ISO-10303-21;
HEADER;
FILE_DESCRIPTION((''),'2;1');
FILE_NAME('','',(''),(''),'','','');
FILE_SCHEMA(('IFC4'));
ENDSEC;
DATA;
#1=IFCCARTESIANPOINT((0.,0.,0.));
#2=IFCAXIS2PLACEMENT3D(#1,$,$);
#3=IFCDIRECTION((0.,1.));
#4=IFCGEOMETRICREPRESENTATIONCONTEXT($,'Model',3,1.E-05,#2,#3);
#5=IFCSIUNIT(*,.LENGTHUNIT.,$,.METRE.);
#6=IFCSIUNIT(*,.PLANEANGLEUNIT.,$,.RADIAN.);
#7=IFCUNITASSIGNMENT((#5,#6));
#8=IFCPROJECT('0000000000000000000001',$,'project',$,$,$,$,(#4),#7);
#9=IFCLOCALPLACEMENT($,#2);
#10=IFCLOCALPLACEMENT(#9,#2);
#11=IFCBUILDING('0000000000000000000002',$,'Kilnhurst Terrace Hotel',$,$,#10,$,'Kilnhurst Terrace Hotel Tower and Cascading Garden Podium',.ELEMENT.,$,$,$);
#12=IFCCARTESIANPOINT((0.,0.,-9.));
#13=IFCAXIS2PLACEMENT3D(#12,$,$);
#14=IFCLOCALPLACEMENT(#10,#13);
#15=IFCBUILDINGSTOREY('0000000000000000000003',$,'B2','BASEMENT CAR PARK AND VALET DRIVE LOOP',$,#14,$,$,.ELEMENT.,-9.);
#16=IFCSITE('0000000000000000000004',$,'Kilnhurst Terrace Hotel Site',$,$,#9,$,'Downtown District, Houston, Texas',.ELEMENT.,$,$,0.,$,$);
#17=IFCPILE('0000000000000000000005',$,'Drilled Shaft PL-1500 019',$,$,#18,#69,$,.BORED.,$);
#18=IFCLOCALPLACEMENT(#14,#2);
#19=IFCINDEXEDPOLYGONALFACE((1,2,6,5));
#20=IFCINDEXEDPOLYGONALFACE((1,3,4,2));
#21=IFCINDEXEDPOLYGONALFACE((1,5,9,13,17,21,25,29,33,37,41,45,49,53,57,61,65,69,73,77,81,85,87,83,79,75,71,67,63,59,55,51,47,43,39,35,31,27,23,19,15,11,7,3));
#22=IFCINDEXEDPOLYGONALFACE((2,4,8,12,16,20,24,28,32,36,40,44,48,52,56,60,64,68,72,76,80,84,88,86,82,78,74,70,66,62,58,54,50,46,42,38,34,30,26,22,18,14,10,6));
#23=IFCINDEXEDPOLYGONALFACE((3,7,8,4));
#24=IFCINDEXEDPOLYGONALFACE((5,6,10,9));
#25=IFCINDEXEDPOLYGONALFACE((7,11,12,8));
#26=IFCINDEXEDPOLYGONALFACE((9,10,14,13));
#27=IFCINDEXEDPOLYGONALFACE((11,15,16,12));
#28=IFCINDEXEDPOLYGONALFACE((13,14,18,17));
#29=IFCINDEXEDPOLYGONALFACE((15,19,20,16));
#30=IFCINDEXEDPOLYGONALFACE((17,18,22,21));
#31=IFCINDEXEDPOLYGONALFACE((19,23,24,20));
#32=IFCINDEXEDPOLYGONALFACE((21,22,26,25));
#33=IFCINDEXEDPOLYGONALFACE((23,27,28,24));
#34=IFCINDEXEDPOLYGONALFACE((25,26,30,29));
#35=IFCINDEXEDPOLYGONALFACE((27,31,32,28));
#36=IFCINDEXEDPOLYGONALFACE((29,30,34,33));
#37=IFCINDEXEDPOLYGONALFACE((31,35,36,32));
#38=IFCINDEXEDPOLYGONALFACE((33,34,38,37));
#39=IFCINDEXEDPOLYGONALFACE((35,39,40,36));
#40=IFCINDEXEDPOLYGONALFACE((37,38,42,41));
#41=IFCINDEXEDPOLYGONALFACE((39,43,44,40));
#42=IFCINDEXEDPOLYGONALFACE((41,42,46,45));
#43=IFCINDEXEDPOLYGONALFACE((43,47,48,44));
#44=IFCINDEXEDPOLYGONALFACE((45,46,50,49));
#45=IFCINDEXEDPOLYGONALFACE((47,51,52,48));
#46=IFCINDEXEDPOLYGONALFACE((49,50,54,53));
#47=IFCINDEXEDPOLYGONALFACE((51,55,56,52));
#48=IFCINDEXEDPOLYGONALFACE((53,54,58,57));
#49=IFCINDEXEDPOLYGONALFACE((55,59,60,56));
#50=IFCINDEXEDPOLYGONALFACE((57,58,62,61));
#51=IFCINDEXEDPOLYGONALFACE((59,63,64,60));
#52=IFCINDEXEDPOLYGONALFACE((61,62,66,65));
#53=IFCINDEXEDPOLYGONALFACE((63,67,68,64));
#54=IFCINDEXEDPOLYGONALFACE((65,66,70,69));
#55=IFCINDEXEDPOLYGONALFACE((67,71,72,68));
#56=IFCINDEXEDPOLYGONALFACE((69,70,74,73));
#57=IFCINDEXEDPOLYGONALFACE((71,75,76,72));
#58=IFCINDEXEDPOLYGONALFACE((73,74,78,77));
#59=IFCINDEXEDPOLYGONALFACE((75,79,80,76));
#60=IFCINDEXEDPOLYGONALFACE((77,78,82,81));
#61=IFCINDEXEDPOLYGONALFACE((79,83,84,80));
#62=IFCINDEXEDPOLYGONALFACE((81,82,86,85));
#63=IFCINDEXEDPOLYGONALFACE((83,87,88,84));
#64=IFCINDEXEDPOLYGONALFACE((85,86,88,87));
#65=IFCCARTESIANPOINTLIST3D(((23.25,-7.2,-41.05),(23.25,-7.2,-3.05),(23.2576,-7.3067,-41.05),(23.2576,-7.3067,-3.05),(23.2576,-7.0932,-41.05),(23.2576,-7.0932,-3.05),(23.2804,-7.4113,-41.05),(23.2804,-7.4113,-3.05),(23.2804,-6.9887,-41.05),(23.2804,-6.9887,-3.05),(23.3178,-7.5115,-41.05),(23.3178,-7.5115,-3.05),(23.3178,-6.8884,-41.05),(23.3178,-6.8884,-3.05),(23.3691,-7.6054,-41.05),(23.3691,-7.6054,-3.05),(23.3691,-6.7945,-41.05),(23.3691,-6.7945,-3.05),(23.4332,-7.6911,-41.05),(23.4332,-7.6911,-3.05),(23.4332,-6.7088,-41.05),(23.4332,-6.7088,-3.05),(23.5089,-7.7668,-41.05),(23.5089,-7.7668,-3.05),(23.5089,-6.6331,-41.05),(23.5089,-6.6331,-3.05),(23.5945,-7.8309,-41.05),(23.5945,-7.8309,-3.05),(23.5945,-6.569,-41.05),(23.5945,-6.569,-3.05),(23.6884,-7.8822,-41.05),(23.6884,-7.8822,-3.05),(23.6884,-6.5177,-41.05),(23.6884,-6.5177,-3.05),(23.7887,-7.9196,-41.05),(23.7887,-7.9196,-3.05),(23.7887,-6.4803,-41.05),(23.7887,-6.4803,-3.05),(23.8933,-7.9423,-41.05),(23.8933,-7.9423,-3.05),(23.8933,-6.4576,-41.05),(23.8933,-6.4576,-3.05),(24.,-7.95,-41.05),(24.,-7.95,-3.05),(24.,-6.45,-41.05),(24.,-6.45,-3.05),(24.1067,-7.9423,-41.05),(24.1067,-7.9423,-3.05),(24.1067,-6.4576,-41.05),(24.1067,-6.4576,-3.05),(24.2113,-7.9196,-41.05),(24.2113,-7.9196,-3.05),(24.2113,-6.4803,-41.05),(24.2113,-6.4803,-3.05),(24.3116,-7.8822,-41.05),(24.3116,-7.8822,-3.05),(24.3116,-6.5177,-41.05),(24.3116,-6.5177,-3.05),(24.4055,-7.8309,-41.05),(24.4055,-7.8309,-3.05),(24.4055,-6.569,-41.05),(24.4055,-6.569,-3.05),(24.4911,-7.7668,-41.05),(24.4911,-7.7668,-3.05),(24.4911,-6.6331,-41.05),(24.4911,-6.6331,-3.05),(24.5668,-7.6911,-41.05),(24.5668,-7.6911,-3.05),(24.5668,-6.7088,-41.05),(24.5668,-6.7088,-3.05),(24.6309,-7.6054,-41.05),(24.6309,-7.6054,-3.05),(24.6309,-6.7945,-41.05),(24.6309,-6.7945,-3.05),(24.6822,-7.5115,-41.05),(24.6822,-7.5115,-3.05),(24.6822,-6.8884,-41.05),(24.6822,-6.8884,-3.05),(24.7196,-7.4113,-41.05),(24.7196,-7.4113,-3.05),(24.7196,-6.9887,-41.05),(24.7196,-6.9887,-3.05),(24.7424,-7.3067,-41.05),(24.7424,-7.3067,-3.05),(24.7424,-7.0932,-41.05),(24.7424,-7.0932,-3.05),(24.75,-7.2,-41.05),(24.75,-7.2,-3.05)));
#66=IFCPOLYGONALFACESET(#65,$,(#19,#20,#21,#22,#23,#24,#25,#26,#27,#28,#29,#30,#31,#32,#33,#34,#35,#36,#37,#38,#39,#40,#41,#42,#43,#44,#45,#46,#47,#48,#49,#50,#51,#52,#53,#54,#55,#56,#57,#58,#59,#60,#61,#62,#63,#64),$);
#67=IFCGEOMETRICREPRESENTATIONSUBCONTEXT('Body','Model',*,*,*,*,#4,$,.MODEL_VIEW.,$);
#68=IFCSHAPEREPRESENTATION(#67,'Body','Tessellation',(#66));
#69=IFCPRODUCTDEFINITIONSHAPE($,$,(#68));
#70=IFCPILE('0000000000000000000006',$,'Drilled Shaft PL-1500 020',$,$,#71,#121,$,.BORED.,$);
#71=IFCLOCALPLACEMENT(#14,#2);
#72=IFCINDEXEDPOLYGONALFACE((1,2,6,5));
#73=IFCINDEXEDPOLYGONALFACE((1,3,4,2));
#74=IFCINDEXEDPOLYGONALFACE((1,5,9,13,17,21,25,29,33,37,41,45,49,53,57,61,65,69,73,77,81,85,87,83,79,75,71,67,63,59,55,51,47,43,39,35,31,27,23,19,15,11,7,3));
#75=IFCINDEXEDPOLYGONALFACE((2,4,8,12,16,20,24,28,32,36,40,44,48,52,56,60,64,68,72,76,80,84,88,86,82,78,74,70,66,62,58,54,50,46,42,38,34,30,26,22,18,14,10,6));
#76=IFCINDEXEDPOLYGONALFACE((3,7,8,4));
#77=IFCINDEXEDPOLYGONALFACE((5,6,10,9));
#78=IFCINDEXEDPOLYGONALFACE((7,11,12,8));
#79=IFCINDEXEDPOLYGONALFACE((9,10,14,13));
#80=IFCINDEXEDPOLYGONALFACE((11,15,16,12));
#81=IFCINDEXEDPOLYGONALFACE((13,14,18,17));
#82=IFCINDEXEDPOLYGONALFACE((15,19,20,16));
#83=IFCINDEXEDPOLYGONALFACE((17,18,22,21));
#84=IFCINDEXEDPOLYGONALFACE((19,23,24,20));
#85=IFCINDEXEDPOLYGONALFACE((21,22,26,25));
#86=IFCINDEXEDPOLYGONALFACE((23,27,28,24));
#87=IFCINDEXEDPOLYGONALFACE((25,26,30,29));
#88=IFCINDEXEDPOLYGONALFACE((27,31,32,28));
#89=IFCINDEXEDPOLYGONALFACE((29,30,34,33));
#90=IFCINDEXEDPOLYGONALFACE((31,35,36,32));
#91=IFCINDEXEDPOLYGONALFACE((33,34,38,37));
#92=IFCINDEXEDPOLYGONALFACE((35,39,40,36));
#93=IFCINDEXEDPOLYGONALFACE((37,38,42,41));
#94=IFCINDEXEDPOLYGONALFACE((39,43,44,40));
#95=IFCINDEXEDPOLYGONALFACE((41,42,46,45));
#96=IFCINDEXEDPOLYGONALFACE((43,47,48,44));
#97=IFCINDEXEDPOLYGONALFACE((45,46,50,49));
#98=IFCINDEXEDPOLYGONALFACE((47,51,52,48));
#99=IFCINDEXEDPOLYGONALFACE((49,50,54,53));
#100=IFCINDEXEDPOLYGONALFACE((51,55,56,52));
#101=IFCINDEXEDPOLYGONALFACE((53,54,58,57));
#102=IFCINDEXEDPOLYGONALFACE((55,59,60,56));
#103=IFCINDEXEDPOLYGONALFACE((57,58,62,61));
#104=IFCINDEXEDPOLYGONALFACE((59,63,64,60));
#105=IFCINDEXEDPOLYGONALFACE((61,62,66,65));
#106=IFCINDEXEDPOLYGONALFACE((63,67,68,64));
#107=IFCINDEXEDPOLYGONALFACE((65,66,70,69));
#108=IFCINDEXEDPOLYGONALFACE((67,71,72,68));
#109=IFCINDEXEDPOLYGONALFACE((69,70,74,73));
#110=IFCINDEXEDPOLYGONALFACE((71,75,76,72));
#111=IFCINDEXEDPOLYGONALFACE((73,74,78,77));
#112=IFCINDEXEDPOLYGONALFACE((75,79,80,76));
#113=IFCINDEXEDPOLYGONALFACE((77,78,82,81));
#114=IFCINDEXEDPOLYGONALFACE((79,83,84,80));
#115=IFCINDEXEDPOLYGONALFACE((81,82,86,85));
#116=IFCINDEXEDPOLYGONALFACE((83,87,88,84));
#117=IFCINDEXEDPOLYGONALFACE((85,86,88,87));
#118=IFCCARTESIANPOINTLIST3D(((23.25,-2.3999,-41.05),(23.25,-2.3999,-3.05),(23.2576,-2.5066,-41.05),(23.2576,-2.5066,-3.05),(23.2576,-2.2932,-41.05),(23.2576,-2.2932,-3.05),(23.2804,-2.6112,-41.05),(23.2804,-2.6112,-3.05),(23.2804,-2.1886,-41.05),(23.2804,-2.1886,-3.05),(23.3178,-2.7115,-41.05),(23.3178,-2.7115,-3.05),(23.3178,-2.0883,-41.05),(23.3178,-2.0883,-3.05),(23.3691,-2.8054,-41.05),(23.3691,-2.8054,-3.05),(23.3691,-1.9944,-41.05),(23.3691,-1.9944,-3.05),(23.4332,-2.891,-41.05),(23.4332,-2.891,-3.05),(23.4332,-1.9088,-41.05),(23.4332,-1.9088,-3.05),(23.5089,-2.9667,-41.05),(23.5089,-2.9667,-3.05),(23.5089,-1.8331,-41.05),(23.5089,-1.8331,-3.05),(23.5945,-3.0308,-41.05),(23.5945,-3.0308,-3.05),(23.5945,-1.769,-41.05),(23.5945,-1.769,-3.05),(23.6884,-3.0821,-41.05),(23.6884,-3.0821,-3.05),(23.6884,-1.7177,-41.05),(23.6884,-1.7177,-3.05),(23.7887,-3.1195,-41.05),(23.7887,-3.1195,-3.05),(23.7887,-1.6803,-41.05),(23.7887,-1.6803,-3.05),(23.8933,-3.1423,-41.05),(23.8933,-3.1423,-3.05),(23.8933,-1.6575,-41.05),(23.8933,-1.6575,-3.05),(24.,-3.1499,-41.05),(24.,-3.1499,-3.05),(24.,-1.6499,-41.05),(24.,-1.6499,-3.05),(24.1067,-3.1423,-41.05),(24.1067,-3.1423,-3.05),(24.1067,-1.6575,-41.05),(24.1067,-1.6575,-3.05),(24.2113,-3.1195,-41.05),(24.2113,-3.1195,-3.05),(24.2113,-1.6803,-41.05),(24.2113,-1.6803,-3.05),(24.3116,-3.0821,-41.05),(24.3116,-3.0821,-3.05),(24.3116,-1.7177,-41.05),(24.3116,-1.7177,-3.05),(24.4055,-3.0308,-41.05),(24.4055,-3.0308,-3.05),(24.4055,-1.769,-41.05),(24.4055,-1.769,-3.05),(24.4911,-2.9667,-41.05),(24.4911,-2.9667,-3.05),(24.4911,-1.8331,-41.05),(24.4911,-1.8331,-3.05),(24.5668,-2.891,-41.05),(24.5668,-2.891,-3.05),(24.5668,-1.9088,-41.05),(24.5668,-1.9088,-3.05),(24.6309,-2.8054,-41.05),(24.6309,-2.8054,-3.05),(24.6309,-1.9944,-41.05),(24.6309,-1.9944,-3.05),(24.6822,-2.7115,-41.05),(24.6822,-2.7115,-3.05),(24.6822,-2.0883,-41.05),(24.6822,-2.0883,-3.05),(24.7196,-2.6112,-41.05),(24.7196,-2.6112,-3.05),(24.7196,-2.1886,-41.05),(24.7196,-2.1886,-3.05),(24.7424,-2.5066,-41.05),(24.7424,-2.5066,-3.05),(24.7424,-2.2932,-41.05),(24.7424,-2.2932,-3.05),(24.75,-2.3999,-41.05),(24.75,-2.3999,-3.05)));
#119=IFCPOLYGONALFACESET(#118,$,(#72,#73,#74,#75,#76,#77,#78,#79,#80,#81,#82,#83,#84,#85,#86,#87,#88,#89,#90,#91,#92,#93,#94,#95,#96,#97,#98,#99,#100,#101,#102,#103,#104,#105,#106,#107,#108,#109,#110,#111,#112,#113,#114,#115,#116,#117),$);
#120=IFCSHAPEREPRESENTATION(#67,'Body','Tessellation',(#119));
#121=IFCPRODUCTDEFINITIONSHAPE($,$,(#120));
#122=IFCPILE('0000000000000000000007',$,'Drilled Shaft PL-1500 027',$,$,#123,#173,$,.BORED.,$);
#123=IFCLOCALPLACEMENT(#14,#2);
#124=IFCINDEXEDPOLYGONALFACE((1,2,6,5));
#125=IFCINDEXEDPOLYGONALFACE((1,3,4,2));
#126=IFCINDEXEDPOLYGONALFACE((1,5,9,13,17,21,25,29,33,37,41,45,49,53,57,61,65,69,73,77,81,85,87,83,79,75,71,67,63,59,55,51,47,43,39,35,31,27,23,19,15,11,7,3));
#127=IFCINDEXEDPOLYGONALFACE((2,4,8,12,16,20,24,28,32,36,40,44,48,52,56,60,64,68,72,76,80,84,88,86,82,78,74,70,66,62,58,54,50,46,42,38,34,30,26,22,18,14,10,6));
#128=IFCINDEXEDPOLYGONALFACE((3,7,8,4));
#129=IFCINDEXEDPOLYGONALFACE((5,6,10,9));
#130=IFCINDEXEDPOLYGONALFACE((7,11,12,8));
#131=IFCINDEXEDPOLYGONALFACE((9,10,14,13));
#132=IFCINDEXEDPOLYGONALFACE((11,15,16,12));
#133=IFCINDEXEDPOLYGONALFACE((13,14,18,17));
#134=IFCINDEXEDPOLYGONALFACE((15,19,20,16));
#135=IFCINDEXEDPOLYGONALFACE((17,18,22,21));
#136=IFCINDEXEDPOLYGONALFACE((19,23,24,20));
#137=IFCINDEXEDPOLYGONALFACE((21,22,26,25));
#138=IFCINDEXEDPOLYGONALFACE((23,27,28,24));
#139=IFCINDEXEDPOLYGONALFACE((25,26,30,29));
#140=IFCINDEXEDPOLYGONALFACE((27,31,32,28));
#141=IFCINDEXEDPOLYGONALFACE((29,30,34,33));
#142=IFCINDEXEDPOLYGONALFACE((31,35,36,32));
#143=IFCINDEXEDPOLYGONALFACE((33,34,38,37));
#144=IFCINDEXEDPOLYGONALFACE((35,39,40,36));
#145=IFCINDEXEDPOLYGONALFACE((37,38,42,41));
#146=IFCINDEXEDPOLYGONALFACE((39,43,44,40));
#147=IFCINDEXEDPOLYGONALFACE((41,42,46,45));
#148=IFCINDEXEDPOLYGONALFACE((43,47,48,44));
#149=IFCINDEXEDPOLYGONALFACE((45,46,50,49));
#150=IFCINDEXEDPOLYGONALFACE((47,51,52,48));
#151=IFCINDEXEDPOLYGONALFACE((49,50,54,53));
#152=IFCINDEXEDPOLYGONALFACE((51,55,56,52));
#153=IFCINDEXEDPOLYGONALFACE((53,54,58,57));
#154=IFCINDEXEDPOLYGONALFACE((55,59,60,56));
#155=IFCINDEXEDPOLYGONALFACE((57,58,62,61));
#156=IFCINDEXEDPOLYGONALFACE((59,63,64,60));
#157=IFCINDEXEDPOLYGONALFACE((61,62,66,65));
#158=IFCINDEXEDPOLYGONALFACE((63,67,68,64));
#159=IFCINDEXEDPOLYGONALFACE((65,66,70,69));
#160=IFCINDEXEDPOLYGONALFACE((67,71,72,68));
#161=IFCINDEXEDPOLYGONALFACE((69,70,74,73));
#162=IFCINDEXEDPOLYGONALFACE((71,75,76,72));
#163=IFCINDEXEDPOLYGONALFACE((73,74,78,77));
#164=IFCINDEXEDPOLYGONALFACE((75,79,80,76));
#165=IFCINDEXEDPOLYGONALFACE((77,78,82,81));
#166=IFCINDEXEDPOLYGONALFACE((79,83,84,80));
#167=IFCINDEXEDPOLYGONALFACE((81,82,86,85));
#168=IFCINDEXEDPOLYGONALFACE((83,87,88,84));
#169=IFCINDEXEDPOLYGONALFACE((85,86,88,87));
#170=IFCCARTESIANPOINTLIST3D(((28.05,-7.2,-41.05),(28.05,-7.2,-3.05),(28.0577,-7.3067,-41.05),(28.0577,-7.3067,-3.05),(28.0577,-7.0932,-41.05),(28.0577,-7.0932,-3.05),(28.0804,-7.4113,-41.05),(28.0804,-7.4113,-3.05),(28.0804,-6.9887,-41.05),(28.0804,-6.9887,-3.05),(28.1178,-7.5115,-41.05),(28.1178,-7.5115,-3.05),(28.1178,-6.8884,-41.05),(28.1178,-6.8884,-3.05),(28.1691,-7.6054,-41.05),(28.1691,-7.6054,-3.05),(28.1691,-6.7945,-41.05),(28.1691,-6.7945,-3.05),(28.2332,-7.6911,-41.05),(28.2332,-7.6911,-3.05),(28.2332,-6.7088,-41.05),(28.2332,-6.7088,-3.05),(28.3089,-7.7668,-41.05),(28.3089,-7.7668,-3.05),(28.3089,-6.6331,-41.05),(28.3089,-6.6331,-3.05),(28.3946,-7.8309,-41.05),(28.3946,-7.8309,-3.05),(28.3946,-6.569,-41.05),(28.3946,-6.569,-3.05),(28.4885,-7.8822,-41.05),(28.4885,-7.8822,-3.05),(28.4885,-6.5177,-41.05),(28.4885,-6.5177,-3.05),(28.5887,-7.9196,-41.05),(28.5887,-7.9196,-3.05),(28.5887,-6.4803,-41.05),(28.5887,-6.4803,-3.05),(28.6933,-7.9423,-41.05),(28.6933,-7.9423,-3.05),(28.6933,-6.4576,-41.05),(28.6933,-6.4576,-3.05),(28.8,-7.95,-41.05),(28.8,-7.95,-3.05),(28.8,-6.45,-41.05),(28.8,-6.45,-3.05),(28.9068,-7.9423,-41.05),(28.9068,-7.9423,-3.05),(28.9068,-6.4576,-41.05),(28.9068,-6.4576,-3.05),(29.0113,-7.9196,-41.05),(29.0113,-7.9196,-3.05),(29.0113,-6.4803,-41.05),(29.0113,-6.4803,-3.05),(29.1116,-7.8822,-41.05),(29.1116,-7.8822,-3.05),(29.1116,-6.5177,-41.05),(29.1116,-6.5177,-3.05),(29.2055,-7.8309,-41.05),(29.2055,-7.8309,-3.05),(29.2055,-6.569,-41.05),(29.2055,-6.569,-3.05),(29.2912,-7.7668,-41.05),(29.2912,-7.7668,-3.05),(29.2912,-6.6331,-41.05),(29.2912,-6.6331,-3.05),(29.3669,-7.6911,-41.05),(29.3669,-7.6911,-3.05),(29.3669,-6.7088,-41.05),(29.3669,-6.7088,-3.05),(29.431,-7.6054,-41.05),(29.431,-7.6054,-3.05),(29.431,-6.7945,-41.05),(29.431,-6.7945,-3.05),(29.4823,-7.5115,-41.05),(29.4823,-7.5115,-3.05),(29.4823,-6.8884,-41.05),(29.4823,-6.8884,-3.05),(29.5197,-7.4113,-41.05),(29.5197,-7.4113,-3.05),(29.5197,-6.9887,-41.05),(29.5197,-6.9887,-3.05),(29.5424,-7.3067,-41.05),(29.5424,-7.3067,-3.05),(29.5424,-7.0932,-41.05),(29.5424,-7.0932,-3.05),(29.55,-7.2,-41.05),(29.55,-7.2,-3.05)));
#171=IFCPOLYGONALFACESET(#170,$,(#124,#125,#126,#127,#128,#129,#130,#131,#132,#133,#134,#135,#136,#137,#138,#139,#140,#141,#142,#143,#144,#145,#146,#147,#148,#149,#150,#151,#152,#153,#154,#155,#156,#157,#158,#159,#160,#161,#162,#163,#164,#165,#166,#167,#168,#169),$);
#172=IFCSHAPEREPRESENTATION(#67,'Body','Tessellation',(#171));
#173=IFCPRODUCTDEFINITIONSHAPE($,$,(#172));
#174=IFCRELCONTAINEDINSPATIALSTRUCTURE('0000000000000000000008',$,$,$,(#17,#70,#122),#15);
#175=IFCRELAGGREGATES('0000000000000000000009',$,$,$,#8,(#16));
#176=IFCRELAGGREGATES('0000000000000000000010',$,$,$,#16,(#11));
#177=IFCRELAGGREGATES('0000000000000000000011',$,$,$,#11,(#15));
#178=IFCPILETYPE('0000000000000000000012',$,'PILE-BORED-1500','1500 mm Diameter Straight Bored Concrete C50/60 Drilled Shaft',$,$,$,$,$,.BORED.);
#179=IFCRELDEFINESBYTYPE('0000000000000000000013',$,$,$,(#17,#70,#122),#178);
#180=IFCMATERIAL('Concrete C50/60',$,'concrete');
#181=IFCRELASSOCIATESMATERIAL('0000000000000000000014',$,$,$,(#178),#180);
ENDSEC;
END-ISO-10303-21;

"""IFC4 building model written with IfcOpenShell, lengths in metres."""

from ifc_helpers import new_model, si_unit, direction, frame, origin, origin_2d, place, context, subcontext, project, spatial, circle, extrude, material, material_profile, profile_set, type_object, element, save


model = new_model("IFC4")

# Units and contexts
model_context = context("Model", 3, precision=1e-05, world=origin(), true_north=direction((0.0, 1.0)))
body_context = subcontext(model_context, "Body", "Model", "MODEL_VIEW")
ifc_project = project(units=[si_unit("LENGTHUNIT", "METRE"), si_unit("PLANEANGLEUNIT", "RADIAN")], contexts=[model_context])

# Site, building, storey
site_placement = place(None, origin())
site = spatial("IfcSite", under=ifc_project, at=site_placement, Name="Kilnhurst Terrace Hotel Site", LongName="Downtown District, Houston, Texas", CompositionType="ELEMENT", RefElevation=0.0)
building_placement = place(site_placement, origin())
building = spatial("IfcBuilding", under=site, at=building_placement, Name="Kilnhurst Terrace Hotel", LongName="Kilnhurst Terrace Hotel Tower and Cascading Garden Podium", CompositionType="ELEMENT")
storey_placement = place(building_placement, frame((0.0, 0.0, -9.0)))
storey = spatial("IfcBuildingStorey", under=building, at=storey_placement, Name="B2", Description="BASEMENT CAR PARK AND VALET DRIVE LOOP", CompositionType="ELEMENT", Elevation=-9.0)

# Piles
ifc_material_1 = material(Name="Concrete C50/60", Category="concrete")
ifc_material_profile_1 = material_profile(ifc_material_1, circle(Radius=0.75, at=origin_2d()), Name="PILE1500")
ifc_profile_set_1 = profile_set([ifc_material_profile_1], Name="Concrete C50/60")
pile_type_1 = type_object("IfcPileType", Name="PILE-BORED-1500", Description="1500 mm Diameter Straight Bored Concrete C50/60 Drilled Shaft", PredefinedType="BORED", material=ifc_profile_set_1)
for number, where, z_axis, x_axis, name in (
    (1, (24.0, -7.2, -3.05), (0.0, 0.0, -1.0), (1.0, 0.0, 0.0), "Drilled Shaft PL-1500 019"),
    (2, (24.0, -2.3999, -3.05), (0.0, 0.0, -1.0), (1.0, 0.0, 0.0), "Drilled Shaft PL-1500 020"),
    (3, (28.8, -7.2, -3.05), (0.0, 0.0, -1.0), (1.0, 0.0, 0.0), "Drilled Shaft PL-1500 027"),
):
    element("IfcPile", number, at=place(storey_placement, frame(where, z_axis=z_axis, x_axis=x_axis)), inside=storey, type_object=pile_type_1, Name=name, PredefinedType="BORED", context=body_context, shape_type="SweptSolid", body=[
        extrude(circle(Radius=0.75, at=origin_2d()), origin(), (0.0, 0.0, 1.0), 38.0),
    ])

save(model, "model.ifc")
